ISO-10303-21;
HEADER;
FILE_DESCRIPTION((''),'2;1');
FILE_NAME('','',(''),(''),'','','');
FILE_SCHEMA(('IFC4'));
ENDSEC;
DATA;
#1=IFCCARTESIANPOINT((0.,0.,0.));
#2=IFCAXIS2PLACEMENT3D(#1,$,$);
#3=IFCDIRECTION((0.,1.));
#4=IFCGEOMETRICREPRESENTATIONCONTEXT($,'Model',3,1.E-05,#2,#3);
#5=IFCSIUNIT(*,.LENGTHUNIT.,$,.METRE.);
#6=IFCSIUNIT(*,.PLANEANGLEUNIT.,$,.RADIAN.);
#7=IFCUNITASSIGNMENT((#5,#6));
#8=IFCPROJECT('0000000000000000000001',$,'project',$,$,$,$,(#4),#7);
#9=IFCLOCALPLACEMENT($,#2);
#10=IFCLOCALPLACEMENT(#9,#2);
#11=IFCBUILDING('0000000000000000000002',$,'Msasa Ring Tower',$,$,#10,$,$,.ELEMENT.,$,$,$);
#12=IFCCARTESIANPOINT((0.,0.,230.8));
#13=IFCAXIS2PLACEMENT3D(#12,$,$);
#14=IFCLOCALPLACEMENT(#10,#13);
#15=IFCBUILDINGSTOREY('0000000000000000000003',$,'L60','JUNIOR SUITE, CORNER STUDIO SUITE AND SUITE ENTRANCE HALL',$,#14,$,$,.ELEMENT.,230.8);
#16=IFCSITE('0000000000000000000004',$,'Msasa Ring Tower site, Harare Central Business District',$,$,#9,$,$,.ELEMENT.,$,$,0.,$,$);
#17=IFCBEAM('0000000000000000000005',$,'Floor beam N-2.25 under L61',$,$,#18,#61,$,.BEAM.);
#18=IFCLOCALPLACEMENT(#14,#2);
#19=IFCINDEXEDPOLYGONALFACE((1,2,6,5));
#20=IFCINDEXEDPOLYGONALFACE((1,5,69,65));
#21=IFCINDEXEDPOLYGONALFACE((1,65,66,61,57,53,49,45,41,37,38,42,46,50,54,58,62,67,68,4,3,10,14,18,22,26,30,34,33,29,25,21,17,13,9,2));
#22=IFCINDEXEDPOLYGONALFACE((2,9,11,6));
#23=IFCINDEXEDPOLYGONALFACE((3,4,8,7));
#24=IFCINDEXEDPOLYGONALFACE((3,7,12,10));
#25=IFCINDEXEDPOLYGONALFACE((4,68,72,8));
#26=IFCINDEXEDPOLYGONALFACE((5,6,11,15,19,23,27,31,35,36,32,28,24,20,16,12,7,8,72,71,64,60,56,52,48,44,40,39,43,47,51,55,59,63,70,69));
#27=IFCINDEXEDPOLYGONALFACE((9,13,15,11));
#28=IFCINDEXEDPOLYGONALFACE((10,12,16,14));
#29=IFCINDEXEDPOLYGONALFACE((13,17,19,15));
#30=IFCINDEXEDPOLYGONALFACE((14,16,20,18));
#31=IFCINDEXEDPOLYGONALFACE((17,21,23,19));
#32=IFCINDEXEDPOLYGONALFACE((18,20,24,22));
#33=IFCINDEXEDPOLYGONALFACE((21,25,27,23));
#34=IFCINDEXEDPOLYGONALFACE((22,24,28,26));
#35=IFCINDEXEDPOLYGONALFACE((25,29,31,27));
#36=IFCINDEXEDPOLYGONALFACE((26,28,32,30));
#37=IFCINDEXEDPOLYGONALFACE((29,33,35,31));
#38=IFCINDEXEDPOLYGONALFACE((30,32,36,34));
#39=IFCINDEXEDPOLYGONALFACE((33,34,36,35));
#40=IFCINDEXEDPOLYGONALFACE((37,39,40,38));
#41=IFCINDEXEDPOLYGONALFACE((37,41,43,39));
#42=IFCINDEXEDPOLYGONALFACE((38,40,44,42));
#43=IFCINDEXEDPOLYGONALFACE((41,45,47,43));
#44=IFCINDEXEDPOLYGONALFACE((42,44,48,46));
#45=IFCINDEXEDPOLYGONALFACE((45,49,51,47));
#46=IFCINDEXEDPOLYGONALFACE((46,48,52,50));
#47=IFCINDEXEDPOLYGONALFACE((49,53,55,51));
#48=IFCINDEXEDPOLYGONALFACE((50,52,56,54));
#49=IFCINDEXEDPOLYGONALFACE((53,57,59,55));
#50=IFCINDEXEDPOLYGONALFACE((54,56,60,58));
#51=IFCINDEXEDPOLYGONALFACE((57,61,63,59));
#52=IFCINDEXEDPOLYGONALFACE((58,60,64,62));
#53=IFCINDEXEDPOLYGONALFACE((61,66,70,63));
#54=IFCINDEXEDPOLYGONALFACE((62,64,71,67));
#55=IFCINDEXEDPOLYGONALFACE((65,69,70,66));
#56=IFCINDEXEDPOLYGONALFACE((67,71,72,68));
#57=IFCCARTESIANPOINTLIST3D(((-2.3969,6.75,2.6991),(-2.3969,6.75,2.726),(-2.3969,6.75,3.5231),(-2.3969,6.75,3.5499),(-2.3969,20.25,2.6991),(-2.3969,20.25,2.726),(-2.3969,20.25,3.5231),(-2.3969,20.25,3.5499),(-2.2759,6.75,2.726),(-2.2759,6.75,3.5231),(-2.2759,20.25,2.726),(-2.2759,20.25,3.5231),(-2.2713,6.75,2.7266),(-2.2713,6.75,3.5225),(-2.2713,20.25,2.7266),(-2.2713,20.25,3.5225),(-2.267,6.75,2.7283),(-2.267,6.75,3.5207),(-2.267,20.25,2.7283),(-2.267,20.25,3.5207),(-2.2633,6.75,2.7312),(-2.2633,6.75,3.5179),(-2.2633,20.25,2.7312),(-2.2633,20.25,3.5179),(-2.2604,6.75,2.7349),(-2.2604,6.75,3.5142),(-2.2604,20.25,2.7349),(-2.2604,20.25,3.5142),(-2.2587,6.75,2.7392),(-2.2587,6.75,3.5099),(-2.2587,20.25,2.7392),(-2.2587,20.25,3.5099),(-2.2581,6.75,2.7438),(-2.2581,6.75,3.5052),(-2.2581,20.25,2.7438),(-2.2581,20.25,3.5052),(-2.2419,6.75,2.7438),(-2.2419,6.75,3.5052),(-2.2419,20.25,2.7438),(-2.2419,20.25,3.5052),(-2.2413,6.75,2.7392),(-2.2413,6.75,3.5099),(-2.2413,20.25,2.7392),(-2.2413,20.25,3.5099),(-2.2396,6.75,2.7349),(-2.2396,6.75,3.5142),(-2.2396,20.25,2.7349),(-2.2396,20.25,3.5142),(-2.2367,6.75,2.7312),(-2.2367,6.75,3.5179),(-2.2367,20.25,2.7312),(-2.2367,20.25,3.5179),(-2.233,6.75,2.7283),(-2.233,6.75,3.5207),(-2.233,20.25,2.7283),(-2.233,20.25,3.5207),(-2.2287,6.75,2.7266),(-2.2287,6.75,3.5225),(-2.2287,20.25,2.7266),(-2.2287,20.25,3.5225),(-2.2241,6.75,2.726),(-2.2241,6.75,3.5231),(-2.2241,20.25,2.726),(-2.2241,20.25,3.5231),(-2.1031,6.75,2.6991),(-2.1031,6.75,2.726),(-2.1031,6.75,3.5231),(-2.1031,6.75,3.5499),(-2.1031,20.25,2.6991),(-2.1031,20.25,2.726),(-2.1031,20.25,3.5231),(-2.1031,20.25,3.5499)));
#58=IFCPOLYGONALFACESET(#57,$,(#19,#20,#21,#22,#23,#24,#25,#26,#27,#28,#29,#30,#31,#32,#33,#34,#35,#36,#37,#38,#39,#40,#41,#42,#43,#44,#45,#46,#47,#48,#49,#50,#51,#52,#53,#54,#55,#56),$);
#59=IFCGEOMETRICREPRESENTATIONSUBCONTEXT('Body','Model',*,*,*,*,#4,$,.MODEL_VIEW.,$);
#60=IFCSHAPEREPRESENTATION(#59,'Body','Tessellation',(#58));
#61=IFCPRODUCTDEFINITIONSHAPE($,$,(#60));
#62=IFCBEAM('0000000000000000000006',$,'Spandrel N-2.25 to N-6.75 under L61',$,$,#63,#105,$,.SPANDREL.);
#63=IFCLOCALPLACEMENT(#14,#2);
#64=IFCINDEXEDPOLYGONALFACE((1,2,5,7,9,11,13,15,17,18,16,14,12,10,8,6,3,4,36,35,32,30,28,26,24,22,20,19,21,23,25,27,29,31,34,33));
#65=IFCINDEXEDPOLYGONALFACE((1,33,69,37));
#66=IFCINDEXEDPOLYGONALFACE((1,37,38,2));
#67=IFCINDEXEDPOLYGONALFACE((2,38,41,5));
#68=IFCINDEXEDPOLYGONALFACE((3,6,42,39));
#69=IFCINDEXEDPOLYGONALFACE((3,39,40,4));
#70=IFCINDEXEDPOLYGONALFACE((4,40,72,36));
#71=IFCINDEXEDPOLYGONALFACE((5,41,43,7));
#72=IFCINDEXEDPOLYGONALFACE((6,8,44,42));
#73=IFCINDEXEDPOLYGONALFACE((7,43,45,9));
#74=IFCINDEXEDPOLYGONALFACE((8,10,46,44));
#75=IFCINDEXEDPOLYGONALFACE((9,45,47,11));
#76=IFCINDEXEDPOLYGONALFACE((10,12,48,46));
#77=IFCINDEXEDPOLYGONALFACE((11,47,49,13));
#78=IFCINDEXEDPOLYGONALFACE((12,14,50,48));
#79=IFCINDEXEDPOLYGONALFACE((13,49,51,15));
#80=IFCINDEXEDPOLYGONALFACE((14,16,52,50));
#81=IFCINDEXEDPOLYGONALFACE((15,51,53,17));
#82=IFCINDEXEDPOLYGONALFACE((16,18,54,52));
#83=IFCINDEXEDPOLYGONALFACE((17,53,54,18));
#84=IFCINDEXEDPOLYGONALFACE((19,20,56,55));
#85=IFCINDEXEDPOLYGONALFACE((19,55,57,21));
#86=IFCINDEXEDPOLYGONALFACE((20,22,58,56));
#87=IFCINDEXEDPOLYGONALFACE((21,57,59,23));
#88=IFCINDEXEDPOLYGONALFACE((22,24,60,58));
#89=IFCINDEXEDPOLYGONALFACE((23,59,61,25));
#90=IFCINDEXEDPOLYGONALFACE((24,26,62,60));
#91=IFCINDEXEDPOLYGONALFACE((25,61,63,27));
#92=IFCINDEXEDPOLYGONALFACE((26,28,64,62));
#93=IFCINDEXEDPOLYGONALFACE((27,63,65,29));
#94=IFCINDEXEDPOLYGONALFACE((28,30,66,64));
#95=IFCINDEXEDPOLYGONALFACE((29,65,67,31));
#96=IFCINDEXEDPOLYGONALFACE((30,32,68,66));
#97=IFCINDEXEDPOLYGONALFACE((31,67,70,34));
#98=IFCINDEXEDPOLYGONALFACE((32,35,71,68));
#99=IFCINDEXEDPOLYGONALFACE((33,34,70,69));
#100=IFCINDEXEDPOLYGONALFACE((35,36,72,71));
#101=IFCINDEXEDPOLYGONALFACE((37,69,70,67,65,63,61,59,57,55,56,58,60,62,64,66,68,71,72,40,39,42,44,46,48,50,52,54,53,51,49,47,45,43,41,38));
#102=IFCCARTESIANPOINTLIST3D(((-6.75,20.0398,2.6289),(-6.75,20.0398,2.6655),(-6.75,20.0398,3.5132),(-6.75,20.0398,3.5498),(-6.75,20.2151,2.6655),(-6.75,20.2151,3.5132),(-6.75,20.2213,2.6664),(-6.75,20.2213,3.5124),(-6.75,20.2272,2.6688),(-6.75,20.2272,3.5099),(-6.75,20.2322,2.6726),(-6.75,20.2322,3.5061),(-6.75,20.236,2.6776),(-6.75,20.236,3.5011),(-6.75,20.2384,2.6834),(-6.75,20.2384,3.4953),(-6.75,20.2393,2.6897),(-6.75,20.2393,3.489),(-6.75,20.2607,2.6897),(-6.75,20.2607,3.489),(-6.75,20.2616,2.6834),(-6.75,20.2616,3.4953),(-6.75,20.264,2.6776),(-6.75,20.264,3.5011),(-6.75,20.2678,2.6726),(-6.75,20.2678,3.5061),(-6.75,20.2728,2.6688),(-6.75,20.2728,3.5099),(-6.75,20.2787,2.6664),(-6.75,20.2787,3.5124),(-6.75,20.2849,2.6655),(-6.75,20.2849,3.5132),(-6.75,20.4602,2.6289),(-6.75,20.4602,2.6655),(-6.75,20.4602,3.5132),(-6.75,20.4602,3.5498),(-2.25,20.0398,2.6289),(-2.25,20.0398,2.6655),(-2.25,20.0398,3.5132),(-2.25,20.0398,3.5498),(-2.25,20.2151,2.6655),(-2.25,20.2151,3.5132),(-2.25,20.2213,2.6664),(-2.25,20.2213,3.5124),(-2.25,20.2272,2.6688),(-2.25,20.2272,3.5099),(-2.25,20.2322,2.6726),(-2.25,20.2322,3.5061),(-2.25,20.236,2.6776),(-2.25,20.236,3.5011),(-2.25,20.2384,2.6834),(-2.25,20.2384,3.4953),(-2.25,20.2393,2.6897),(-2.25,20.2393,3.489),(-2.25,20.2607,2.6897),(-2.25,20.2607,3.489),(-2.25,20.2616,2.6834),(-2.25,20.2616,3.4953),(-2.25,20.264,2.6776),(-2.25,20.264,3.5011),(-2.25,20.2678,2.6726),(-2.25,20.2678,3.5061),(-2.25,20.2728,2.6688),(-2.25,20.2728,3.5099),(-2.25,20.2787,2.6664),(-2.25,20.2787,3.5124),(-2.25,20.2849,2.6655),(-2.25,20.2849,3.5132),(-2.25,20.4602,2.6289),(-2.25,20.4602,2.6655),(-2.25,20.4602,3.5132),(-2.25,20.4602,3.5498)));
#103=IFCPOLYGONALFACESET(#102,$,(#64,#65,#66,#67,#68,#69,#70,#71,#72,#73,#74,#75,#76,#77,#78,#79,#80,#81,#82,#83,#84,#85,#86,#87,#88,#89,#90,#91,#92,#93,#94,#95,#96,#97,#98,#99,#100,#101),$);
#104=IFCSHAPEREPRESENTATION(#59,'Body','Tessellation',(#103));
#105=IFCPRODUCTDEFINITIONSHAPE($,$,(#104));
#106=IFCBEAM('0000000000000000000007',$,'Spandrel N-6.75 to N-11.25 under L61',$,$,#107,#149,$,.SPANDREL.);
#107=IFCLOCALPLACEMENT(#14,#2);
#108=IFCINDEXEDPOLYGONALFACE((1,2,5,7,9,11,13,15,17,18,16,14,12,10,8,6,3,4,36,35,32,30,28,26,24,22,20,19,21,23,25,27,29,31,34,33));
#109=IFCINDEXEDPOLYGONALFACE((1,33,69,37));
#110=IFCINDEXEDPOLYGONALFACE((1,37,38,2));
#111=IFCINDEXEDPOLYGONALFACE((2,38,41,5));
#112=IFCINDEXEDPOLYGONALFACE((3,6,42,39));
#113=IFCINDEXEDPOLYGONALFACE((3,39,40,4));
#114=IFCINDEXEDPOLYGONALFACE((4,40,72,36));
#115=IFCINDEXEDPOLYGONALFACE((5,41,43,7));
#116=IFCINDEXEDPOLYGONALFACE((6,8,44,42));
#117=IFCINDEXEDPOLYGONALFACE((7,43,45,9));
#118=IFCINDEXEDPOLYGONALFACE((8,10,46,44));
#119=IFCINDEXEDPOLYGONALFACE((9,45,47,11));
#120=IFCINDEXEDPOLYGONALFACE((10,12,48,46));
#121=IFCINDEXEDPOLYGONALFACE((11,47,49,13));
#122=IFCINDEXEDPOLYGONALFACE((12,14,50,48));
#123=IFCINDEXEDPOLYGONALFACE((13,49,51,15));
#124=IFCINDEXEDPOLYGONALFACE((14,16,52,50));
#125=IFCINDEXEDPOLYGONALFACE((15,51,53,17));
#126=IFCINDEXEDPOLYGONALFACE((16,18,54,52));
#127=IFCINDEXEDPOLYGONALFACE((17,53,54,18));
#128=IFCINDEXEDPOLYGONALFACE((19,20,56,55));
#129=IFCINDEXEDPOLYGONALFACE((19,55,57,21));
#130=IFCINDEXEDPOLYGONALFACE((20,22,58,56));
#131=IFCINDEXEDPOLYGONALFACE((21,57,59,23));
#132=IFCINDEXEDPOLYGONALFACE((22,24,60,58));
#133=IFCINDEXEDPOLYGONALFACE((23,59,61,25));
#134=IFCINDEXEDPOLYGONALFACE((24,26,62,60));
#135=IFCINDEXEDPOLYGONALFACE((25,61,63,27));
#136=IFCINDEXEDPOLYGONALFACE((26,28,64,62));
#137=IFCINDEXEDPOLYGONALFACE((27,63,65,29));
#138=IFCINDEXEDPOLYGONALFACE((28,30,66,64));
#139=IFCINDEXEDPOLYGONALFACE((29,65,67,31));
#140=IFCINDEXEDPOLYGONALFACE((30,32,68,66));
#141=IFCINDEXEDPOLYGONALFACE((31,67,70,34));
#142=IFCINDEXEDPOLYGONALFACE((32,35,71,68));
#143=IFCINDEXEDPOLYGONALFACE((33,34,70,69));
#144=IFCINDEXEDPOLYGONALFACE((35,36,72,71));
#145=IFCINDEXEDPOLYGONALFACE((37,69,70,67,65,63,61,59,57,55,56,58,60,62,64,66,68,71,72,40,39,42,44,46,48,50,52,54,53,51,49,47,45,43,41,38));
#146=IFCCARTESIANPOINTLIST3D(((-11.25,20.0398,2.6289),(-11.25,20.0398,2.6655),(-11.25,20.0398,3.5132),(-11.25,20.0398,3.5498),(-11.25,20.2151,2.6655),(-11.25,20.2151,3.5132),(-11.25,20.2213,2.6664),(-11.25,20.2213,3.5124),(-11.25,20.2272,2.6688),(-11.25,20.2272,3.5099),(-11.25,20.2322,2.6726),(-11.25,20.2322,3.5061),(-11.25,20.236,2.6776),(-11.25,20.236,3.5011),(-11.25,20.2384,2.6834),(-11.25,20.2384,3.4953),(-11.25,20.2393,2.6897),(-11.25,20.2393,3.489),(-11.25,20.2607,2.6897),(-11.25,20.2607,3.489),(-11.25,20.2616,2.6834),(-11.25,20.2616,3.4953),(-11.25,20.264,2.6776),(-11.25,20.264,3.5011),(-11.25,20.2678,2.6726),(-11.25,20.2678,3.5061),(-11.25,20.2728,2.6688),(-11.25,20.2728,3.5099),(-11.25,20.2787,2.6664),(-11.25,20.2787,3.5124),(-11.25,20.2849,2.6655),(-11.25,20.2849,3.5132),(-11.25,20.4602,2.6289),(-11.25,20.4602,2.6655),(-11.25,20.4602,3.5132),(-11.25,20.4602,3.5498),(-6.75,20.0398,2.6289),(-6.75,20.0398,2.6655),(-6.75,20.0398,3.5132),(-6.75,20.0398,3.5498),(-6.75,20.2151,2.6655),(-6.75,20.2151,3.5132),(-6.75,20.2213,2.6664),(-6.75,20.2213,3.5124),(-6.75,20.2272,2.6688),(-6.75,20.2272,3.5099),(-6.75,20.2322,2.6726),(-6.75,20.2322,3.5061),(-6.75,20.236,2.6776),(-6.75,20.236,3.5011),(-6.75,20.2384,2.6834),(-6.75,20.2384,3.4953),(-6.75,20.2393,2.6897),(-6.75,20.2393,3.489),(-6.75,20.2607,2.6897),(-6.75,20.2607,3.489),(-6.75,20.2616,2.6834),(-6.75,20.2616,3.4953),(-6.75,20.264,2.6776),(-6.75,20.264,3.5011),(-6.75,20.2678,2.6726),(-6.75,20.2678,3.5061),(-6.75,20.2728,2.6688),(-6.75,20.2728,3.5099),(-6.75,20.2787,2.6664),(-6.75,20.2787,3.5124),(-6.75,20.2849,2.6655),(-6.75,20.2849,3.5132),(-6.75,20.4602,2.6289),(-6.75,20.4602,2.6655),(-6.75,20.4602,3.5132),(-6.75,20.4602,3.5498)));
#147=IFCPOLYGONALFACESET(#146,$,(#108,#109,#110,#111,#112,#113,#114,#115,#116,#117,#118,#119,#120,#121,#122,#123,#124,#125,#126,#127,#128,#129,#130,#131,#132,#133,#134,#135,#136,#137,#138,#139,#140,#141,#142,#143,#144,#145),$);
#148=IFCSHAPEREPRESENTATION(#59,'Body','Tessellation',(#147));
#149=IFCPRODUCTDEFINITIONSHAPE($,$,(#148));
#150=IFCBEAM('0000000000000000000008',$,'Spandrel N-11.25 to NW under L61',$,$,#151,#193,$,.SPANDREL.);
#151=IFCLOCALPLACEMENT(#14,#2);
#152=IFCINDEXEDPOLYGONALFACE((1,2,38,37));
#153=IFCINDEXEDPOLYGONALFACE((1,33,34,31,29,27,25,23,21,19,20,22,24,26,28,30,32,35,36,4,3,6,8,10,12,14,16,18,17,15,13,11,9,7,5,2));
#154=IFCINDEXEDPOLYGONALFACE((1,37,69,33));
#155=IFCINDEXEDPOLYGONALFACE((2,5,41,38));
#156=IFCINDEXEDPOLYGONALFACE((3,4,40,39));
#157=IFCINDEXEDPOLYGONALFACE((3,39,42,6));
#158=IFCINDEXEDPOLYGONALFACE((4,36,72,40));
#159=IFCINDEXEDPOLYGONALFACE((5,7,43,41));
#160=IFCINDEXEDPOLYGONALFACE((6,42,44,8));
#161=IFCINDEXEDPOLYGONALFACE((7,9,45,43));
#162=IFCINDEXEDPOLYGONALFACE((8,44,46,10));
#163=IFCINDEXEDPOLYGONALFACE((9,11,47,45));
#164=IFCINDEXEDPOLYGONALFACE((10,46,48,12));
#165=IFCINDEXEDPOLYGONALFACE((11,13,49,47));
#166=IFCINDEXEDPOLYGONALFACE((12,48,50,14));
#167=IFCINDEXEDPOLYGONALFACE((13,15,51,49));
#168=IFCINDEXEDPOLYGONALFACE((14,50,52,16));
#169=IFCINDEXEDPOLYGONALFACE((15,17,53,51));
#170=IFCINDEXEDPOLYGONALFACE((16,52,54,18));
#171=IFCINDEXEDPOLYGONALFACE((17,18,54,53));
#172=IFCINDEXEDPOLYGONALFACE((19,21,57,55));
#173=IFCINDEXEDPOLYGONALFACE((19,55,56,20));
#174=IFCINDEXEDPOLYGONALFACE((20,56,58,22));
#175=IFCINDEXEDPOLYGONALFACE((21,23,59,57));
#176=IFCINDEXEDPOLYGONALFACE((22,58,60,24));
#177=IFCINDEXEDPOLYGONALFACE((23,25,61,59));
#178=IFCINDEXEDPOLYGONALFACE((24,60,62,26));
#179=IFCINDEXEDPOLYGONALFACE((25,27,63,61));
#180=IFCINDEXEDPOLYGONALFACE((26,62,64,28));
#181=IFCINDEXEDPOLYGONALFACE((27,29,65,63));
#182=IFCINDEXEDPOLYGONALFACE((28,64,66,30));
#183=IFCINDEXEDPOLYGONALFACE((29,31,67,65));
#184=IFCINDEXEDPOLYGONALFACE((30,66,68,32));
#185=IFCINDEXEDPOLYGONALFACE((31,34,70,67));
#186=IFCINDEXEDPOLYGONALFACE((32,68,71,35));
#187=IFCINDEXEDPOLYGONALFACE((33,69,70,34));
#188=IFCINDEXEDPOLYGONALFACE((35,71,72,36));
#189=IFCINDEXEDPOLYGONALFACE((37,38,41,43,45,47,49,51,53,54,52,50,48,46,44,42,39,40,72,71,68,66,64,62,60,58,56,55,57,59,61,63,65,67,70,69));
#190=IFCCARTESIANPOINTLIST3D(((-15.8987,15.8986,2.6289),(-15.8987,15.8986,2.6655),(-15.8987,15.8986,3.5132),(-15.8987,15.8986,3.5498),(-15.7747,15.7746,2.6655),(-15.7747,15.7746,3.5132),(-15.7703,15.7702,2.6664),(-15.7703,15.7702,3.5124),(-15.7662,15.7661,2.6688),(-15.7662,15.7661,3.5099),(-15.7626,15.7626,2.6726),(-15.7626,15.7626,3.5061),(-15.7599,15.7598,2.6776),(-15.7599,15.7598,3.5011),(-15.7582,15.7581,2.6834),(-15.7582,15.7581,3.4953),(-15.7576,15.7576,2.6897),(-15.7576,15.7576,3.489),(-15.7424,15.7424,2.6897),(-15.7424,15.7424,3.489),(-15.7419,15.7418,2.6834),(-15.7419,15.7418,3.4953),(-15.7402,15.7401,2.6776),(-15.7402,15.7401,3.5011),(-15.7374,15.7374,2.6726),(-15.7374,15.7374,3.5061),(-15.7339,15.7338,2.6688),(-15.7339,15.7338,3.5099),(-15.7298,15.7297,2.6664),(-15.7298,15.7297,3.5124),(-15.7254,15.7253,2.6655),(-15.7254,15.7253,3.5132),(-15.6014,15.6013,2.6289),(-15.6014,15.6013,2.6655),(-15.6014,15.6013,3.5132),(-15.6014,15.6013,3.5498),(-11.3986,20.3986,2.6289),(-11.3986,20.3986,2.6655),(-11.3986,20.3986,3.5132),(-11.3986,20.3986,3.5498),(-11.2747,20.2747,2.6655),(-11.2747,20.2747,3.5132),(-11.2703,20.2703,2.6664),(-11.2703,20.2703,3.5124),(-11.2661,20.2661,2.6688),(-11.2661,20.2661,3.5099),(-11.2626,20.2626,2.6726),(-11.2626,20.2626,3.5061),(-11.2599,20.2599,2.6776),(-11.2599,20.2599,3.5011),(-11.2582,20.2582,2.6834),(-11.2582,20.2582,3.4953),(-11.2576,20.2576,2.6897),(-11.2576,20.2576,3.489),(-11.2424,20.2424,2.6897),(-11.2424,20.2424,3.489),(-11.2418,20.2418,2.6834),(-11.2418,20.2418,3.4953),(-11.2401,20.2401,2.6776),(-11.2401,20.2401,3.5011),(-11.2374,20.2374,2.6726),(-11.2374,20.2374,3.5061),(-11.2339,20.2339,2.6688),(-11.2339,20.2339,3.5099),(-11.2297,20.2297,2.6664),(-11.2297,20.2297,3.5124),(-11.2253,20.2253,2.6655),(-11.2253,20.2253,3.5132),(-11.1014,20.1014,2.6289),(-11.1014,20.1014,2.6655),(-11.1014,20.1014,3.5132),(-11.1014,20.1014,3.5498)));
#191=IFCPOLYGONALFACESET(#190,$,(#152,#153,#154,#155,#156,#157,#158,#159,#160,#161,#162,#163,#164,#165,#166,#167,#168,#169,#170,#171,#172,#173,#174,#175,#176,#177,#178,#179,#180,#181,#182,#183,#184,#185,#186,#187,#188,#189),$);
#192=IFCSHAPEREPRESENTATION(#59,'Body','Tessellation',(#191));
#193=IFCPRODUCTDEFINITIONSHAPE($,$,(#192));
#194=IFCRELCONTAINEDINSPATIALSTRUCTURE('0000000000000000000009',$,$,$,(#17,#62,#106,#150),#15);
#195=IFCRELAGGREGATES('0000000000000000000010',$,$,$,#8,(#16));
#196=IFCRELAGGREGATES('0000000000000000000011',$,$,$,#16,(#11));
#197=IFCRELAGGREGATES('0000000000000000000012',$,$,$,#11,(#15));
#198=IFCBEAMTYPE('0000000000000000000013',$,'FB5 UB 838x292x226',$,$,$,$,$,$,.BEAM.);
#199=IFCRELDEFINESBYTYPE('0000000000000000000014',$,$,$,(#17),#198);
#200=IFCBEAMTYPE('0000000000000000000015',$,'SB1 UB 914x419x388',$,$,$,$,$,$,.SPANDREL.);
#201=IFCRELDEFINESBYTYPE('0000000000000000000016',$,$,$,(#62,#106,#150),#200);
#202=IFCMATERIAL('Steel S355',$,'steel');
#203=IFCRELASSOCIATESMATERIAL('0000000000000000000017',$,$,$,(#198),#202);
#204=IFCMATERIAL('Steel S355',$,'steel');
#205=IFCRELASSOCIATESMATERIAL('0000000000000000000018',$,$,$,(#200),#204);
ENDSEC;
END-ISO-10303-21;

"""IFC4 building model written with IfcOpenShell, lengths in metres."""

from ifc_helpers import new_model, si_unit, direction, frame, origin, origin_2d, place, context, subcontext, project, spatial, i_section, extrude, material, material_profile, profile_set, type_object, element, save


model = new_model("IFC4")

# Units and contexts
model_context = context("Model", 3, precision=1e-05, world=origin(), true_north=direction((0.0, 1.0)))
body_context = subcontext(model_context, "Body", "Model", "MODEL_VIEW")
ifc_project = project(units=[si_unit("LENGTHUNIT", "METRE"), si_unit("PLANEANGLEUNIT", "RADIAN")], contexts=[model_context])

# Site, building, storey
site_placement = place(None, origin())
site = spatial("IfcSite", under=ifc_project, at=site_placement, Name="Msasa Ring Tower site, Harare Central Business District", CompositionType="ELEMENT", RefElevation=0.0)
building_placement = place(site_placement, origin())
building = spatial("IfcBuilding", under=site, at=building_placement, Name="Msasa Ring Tower", CompositionType="ELEMENT")
storey_placement = place(building_placement, frame((0.0, 0.0, 230.8)))
storey = spatial("IfcBuildingStorey", under=building, at=storey_placement, Name="L60", Description="JUNIOR SUITE, CORNER STUDIO SUITE AND SUITE ENTRANCE HALL", CompositionType="ELEMENT", Elevation=230.8)

# Beams
ifc_material_1 = material(Name="Steel S355", Category="steel")
ifc_material_profile_1 = material_profile(ifc_material_1, i_section(OverallWidth=0.2937, OverallDepth=0.8508, WebThickness=0.0161, FlangeThickness=0.0269, FilletRadius=0.0178, at=origin_2d()), Name="UB 838x292x226")
ifc_profile_set_1 = profile_set([ifc_material_profile_1], Name="Steel S355")
beam_type_1 = type_object("IfcBeamType", Name="FB5 UB 838x292x226", PredefinedType="BEAM", material=ifc_profile_set_1)
for number, where, z_axis, x_axis, name in (
    (1, (-2.25, 20.25, 3.1245), (0.0, -1.0, 0.0), (1.0, 0.0, 0.0), "Floor beam N-2.25 under L61"),
):
    element("IfcBeam", number, at=place(storey_placement, frame(where, z_axis=z_axis, x_axis=x_axis)), inside=storey, type_object=beam_type_1, Name=name, PredefinedType="BEAM", context=body_context, shape_type="SweptSolid", body=[
        extrude(i_section(OverallWidth=0.2937, OverallDepth=0.8508, WebThickness=0.0161, FlangeThickness=0.0269, FilletRadius=0.0178, at=origin_2d()), origin(), (0.0, 0.0, 1.0), 13.5),
    ])
ifc_material_2 = material(Name="Steel S355", Category="steel")
ifc_material_profile_2 = material_profile(ifc_material_2, i_section(OverallWidth=0.4204, OverallDepth=0.9209, WebThickness=0.0215, FlangeThickness=0.0366, FilletRadius=0.0242, at=origin_2d()), Name="UB 914x419x388")
ifc_profile_set_2 = profile_set([ifc_material_profile_2], Name="Steel S355")
beam_type_2 = type_object("IfcBeamType", Name="SB1 UB 914x419x388", PredefinedType="SPANDREL", material=ifc_profile_set_2)
for number, where, z_axis, x_axis, name in (
    (2, (-2.25, 20.25, 3.0894), (-1.0, 0.0, 0.0), (0.0, -1.0, 0.0), "Spandrel N-2.25 to N-6.75 under L61"),
    (3, (-6.75, 20.25, 3.0894), (-1.0, 0.0, 0.0), (0.0, -1.0, 0.0), "Spandrel N-6.75 to N-11.25 under L61"),
):
    element("IfcBeam", number, at=place(storey_placement, frame(where, z_axis=z_axis, x_axis=x_axis)), inside=storey, type_object=beam_type_2, Name=name, PredefinedType="SPANDREL", context=body_context, shape_type="SweptSolid", body=[
        extrude(i_section(OverallWidth=0.4204, OverallDepth=0.9209, WebThickness=0.0215, FlangeThickness=0.0366, FilletRadius=0.0242, at=origin_2d()), origin(), (0.0, 0.0, 1.0), 4.5),
    ])
beam_1_placement = place(storey_placement, frame((-11.25, 20.25, 3.0894), z_axis=(-0.707107, -0.707107, 0.0), x_axis=(0.707107, -0.707107, 0.0)))
element("IfcBeam", 4, at=beam_1_placement, inside=storey, type_object=beam_type_2, Name="Spandrel N-11.25 to NW under L61", PredefinedType="SPANDREL", context=body_context, shape_type="SweptSolid", body=[
    extrude(i_section(OverallWidth=0.4204, OverallDepth=0.9209, WebThickness=0.0215, FlangeThickness=0.0366, FilletRadius=0.0242, at=origin_2d()), origin(), (0.0, 0.0, 1.0), 6.364),
])

save(model, "model.ifc")
